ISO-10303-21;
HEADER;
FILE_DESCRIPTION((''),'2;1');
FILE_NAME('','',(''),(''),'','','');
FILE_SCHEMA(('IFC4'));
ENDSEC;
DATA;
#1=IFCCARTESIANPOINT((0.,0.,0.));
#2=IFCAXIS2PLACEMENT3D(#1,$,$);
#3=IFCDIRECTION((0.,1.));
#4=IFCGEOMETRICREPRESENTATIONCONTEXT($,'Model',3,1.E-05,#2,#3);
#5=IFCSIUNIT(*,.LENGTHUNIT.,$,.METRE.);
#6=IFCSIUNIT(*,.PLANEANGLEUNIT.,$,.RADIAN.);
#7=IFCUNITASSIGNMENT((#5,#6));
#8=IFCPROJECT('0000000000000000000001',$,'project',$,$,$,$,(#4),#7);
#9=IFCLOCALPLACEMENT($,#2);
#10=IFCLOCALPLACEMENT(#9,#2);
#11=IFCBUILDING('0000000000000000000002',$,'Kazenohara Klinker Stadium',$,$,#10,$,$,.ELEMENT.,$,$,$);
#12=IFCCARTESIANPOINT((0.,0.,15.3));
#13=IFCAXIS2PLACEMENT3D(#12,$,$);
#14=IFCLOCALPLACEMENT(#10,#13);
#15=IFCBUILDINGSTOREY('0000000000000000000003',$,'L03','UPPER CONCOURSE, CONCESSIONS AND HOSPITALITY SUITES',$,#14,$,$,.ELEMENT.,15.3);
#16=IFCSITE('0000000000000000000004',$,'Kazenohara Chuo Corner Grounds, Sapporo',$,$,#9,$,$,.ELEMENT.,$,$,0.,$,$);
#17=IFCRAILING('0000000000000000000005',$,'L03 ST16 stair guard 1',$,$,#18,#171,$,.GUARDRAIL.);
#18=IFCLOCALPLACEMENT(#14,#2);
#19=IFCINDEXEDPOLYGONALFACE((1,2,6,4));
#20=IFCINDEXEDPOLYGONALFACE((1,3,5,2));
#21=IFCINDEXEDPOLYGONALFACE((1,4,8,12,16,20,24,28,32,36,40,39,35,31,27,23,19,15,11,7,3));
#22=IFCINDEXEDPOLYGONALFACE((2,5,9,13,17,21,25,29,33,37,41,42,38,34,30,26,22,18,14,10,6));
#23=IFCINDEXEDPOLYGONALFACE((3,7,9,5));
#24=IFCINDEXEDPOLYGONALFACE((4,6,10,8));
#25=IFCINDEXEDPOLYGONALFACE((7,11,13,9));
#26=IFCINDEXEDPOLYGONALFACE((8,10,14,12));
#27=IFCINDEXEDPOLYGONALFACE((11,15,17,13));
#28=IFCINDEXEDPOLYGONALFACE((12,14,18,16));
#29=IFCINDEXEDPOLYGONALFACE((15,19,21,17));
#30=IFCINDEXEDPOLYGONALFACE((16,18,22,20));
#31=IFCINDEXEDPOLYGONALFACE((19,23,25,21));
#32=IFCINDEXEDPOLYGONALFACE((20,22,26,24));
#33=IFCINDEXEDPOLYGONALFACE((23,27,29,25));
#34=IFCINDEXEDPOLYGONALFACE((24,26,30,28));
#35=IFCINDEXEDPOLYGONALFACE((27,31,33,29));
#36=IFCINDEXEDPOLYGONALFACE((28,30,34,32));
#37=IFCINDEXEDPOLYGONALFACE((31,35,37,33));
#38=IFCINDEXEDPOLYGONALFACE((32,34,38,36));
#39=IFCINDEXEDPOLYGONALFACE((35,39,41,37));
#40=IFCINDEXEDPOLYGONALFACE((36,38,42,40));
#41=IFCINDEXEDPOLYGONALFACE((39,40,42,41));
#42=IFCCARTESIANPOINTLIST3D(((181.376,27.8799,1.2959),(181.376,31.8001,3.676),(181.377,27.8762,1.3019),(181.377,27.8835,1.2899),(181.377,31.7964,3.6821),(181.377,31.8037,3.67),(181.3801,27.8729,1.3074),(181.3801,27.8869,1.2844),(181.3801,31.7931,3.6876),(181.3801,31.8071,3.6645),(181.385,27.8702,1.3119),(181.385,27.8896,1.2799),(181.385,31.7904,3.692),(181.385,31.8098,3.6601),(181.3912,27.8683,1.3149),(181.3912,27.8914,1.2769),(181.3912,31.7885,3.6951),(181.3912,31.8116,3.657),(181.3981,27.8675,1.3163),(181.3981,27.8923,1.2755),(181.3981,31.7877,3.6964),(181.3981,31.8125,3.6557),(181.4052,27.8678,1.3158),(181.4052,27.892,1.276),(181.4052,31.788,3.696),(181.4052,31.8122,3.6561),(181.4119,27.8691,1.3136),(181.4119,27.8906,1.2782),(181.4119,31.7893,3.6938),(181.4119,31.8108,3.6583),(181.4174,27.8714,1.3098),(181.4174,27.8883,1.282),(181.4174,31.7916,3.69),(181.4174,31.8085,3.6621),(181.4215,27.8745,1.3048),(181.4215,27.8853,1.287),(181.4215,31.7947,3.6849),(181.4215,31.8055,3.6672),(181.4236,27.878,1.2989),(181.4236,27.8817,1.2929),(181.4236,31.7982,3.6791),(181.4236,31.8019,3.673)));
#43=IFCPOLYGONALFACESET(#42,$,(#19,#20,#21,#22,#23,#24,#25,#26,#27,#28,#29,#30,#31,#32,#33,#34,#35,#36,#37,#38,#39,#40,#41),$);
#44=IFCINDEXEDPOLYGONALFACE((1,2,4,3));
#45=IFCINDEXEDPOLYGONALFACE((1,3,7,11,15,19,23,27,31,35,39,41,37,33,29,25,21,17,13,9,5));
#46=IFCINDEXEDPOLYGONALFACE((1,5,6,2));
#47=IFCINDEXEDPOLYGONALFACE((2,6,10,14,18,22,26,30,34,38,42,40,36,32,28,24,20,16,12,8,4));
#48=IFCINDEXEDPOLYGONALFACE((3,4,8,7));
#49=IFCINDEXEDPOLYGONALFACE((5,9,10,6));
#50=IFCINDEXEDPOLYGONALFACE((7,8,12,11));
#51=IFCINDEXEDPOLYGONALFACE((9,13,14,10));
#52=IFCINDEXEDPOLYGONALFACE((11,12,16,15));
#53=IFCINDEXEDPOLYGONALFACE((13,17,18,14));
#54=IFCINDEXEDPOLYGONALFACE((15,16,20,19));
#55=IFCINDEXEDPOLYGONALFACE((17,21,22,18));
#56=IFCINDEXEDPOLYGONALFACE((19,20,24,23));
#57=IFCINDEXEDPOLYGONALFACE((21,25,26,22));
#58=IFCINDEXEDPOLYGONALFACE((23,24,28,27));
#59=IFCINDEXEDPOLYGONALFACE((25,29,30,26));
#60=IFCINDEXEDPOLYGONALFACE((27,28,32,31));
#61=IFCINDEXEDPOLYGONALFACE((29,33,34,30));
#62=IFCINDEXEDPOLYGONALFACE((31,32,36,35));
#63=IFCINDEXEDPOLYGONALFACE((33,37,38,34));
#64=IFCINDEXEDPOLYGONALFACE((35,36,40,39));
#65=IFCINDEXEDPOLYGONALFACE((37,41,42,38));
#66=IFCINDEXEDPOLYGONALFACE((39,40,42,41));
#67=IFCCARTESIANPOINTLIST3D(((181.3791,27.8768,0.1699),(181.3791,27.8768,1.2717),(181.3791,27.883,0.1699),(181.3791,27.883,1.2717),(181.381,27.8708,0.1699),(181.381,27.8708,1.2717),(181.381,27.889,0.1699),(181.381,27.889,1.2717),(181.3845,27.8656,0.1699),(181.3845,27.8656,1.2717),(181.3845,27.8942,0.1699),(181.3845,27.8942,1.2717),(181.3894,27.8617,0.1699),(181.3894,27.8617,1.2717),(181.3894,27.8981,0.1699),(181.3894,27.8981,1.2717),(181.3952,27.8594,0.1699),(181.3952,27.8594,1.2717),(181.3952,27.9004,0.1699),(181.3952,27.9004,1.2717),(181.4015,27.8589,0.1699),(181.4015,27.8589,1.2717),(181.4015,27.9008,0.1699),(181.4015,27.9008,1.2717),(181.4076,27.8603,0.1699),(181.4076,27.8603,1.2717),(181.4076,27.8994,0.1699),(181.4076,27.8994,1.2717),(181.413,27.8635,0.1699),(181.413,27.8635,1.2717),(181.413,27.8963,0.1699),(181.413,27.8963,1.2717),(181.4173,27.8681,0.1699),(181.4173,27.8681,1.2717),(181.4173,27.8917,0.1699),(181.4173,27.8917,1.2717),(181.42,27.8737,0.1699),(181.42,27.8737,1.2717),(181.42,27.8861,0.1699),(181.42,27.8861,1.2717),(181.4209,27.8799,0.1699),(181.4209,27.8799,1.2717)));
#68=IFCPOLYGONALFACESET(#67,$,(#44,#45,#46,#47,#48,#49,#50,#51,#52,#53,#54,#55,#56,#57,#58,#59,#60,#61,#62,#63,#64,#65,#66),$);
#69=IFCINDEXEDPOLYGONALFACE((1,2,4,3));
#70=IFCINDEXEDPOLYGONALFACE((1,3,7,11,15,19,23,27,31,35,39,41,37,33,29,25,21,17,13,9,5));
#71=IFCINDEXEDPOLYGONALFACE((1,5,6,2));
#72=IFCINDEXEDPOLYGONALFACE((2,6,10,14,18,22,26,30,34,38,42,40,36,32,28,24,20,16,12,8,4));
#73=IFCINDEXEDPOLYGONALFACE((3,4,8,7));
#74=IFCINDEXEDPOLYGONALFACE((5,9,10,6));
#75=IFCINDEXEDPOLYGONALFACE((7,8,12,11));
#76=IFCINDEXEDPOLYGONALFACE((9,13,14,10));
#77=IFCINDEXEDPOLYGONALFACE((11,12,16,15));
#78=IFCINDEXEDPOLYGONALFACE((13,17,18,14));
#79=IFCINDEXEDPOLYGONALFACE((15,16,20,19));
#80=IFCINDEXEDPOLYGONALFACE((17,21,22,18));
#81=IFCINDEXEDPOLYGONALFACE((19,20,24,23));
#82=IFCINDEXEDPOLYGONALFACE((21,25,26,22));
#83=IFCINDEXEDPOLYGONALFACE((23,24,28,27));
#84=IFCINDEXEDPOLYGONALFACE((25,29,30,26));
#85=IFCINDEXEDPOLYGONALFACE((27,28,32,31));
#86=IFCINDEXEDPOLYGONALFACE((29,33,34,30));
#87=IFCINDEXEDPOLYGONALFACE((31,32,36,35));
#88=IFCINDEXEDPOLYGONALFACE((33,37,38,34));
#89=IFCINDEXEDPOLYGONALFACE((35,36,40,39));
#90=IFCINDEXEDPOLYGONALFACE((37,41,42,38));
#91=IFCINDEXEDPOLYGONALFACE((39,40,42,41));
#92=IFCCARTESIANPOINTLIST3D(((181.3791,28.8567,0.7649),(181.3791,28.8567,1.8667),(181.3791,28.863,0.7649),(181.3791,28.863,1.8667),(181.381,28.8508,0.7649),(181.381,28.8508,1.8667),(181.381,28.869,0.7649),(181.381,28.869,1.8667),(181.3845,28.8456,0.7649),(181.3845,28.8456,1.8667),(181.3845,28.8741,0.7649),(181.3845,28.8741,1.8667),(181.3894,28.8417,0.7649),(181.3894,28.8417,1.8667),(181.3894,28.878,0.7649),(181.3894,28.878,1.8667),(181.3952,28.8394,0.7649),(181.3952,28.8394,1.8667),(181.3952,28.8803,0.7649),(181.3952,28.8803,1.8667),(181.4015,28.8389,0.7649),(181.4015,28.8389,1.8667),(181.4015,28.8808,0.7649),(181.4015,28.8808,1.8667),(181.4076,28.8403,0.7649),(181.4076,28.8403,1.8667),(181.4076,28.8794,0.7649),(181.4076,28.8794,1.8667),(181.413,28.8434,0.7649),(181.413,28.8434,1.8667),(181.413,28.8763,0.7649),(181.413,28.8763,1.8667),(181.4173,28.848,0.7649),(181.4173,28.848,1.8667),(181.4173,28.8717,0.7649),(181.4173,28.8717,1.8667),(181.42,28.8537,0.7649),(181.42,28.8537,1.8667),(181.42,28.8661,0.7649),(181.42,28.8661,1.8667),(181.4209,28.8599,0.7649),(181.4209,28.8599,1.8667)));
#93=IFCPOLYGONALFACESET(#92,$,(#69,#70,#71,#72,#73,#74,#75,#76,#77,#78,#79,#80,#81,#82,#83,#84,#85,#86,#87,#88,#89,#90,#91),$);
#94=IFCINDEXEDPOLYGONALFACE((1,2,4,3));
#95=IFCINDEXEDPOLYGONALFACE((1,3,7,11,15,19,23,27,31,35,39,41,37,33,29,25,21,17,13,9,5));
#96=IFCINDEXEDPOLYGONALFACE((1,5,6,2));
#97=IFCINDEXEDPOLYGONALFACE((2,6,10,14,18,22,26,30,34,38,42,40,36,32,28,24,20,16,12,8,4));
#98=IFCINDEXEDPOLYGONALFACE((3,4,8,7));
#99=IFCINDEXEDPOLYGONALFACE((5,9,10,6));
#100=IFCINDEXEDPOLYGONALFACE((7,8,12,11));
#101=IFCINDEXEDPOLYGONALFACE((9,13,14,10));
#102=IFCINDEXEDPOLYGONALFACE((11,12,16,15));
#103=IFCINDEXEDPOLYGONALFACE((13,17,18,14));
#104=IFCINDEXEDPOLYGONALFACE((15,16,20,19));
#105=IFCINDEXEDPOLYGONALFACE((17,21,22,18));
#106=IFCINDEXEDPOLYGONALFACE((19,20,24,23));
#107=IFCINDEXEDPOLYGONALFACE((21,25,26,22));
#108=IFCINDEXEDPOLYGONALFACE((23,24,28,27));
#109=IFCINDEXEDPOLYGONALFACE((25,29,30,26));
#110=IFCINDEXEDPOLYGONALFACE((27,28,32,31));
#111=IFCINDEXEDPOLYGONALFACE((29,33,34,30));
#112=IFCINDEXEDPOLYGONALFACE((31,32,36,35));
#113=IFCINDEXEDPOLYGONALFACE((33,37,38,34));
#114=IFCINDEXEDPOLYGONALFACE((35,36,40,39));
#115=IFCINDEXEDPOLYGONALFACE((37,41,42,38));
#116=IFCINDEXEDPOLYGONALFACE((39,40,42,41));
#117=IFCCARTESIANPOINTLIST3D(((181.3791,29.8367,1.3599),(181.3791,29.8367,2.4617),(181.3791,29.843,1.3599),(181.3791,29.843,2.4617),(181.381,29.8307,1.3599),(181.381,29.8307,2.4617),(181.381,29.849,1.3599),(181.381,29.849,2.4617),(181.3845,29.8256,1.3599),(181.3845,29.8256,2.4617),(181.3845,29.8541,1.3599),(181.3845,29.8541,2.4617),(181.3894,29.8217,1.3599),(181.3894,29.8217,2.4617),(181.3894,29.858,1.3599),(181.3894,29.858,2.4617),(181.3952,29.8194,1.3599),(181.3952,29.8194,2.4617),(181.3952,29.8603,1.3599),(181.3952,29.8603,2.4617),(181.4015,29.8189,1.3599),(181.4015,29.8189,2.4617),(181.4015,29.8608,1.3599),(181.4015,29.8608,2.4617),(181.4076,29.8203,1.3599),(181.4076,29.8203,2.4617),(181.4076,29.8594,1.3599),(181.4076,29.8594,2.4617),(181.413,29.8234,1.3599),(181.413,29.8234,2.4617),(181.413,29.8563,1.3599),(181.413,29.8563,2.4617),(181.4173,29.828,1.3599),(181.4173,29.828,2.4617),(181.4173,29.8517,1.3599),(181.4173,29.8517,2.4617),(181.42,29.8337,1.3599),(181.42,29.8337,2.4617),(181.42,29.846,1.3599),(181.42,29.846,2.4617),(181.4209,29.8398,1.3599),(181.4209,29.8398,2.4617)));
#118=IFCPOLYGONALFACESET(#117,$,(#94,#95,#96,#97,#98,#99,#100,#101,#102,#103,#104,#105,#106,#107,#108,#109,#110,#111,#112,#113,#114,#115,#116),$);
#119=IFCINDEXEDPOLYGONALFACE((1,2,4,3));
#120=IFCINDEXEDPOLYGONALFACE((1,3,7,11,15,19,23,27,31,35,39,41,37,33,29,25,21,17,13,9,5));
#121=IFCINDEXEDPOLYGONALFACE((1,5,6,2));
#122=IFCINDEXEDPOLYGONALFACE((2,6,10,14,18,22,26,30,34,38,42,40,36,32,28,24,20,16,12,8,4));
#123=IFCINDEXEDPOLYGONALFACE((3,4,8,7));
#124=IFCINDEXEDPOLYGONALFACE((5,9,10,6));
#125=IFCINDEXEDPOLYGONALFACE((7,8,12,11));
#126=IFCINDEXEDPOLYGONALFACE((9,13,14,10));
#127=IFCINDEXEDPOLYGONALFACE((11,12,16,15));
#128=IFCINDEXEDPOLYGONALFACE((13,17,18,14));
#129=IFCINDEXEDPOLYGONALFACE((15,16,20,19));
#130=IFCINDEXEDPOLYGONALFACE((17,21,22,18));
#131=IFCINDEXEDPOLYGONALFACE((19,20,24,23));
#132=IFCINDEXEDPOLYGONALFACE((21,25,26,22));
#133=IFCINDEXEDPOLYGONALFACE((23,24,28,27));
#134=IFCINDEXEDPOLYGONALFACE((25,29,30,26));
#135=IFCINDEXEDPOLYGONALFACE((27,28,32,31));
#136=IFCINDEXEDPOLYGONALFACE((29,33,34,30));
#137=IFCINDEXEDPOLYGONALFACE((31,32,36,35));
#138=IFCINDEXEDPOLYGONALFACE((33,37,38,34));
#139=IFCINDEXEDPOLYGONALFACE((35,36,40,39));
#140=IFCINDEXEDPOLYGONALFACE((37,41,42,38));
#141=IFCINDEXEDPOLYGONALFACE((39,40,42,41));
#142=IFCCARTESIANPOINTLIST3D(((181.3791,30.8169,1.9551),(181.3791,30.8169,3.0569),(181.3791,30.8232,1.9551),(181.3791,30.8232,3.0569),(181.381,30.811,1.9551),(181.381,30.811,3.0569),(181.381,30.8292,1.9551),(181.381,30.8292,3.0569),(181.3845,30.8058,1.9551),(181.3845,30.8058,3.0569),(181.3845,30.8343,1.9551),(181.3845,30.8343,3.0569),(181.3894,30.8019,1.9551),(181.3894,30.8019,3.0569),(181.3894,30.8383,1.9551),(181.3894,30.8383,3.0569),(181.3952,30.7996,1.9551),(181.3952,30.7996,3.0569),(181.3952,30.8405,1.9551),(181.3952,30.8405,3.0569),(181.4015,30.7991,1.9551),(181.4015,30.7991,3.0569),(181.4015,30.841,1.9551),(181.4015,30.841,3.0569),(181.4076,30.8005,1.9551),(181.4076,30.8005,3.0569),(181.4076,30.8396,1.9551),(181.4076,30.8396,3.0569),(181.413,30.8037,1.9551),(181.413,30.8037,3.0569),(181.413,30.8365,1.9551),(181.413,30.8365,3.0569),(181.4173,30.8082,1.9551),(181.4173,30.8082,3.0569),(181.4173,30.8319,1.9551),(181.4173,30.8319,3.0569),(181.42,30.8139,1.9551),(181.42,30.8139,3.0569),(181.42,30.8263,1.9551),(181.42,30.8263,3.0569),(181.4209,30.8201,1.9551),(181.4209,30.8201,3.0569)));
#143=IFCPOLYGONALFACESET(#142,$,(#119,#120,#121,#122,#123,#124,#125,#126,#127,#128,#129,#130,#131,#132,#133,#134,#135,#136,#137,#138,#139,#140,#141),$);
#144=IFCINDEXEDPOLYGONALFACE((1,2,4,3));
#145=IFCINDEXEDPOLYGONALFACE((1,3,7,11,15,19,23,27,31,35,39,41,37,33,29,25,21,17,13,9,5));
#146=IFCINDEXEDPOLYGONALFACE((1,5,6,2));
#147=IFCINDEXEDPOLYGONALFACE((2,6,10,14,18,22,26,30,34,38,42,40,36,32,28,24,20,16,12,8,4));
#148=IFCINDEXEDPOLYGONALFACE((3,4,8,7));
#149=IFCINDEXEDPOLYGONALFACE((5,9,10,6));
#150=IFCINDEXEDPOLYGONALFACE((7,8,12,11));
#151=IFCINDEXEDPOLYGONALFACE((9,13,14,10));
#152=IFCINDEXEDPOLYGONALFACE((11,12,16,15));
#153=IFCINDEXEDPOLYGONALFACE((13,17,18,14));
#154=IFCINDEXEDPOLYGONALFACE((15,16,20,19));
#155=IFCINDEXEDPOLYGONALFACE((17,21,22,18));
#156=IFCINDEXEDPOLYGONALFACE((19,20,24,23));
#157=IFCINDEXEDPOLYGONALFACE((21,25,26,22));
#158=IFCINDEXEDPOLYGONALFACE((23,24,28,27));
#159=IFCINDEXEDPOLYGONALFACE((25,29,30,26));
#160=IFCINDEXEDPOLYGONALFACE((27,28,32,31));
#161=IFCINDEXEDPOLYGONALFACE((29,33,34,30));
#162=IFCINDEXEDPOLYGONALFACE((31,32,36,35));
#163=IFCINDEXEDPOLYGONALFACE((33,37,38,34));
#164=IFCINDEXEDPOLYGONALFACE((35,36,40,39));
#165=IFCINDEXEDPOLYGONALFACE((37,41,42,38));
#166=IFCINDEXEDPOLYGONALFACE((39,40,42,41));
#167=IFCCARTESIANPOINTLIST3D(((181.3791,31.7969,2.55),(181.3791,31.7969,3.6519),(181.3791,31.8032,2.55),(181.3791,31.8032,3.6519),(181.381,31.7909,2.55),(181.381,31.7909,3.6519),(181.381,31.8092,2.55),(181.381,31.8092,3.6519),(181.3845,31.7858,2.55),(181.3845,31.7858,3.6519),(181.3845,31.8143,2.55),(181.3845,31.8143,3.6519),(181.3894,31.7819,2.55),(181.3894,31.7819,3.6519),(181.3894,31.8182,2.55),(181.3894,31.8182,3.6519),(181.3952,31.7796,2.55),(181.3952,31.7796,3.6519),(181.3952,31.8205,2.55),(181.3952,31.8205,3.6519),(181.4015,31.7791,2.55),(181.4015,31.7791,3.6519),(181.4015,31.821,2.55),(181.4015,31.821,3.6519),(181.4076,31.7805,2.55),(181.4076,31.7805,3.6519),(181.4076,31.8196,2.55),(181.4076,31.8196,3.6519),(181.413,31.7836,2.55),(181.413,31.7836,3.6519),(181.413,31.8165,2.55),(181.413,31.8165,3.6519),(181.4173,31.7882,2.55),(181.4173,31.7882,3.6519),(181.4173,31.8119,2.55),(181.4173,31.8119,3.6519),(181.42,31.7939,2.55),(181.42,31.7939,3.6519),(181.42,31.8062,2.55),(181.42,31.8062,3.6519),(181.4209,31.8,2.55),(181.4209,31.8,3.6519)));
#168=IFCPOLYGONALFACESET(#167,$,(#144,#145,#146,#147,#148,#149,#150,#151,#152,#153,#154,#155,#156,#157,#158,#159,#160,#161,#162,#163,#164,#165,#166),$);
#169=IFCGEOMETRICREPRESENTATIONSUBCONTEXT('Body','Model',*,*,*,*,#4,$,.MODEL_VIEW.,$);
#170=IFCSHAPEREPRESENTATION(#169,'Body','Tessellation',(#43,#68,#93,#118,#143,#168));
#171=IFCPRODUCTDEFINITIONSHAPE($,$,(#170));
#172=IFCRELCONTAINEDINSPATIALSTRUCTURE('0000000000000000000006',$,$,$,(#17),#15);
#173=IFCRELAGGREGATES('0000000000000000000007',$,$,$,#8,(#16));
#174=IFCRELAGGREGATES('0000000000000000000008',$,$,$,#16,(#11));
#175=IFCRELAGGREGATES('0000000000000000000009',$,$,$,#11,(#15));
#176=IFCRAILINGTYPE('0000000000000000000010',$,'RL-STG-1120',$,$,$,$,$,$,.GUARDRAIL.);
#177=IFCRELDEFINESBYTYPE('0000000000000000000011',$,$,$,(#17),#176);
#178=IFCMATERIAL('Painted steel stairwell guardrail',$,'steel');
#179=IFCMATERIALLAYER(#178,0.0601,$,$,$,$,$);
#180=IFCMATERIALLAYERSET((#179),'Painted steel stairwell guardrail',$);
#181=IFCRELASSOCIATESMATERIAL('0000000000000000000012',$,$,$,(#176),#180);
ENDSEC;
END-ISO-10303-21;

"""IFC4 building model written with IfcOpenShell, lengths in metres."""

from ifc_helpers import new_model, si_unit, direction, frame, origin, origin_2d, place, context, subcontext, project, spatial, circle, extrude, material, layer, layer_set, type_object, element, save


model = new_model("IFC4")

# Units and contexts
model_context = context("Model", 3, precision=1e-05, world=origin(), true_north=direction((0.0, 1.0)))
body_context = subcontext(model_context, "Body", "Model", "MODEL_VIEW")
ifc_project = project(units=[si_unit("LENGTHUNIT", "METRE"), si_unit("PLANEANGLEUNIT", "RADIAN")], contexts=[model_context])

# Site, building, storey
site_placement = place(None, origin())
site = spatial("IfcSite", under=ifc_project, at=site_placement, Name="Kazenohara Chuo Corner Grounds, Sapporo", CompositionType="ELEMENT", RefElevation=0.0)
building_placement = place(site_placement, origin())
building = spatial("IfcBuilding", under=site, at=building_placement, Name="Kazenohara Klinker Stadium", CompositionType="ELEMENT")
storey_placement = place(building_placement, frame((0.0, 0.0, 15.3)))
storey = spatial("IfcBuildingStorey", under=building, at=storey_placement, Name="L03", Description="UPPER CONCOURSE, CONCESSIONS AND HOSPITALITY SUITES", CompositionType="ELEMENT", Elevation=15.3)

# Railing
ifc_material_1 = material(Name="Painted steel stairwell guardrail", Category="steel")
ifc_layer_1 = layer(ifc_material_1, 0.0601)
ifc_layer_set_1 = layer_set([ifc_layer_1], Name="Painted steel stairwell guardrail")
railing_type = type_object("IfcRailingType", Name="RL-STG-1120", PredefinedType="GUARDRAIL", material=ifc_layer_set_1)
railing_1_placement = place(storey_placement, frame((181.3999, 27.8799, 0.1699)))
element("IfcRailing", 1, at=railing_1_placement, inside=storey, type_object=railing_type, Name="L03 ST16 stair guard 1", PredefinedType="GUARDRAIL", context=body_context, shape_type="SweptSolid", body=[
    extrude(circle(Radius=0.0239, at=origin_2d()), frame((0.0, 0.0, 1.126), z_axis=(0.0, 0.854785, 0.518982), x_axis=(-1.0, 0.0, 0.0)), (0.0, 0.0, 1.0), 4.5862),
    extrude(circle(Radius=0.021, at=origin_2d()), origin(), (0.0, 0.0, 1.0), 1.1018),
    extrude(circle(Radius=0.021, at=origin_2d()), frame((0.0, 0.98, 0.595)), (0.0, 0.0, 1.0), 1.1018),
    extrude(circle(Radius=0.021, at=origin_2d()), frame((0.0, 1.96, 1.1899)), (0.0, 0.0, 1.0), 1.1018),
    extrude(circle(Radius=0.021, at=origin_2d()), frame((0.0, 2.9402, 1.7852)), (0.0, 0.0, 1.0), 1.1018),
    extrude(circle(Radius=0.021, at=origin_2d()), frame((0.0, 3.9202, 2.3801)), (0.0, 0.0, 1.0), 1.1018),
])

save(model, "model.ifc")
